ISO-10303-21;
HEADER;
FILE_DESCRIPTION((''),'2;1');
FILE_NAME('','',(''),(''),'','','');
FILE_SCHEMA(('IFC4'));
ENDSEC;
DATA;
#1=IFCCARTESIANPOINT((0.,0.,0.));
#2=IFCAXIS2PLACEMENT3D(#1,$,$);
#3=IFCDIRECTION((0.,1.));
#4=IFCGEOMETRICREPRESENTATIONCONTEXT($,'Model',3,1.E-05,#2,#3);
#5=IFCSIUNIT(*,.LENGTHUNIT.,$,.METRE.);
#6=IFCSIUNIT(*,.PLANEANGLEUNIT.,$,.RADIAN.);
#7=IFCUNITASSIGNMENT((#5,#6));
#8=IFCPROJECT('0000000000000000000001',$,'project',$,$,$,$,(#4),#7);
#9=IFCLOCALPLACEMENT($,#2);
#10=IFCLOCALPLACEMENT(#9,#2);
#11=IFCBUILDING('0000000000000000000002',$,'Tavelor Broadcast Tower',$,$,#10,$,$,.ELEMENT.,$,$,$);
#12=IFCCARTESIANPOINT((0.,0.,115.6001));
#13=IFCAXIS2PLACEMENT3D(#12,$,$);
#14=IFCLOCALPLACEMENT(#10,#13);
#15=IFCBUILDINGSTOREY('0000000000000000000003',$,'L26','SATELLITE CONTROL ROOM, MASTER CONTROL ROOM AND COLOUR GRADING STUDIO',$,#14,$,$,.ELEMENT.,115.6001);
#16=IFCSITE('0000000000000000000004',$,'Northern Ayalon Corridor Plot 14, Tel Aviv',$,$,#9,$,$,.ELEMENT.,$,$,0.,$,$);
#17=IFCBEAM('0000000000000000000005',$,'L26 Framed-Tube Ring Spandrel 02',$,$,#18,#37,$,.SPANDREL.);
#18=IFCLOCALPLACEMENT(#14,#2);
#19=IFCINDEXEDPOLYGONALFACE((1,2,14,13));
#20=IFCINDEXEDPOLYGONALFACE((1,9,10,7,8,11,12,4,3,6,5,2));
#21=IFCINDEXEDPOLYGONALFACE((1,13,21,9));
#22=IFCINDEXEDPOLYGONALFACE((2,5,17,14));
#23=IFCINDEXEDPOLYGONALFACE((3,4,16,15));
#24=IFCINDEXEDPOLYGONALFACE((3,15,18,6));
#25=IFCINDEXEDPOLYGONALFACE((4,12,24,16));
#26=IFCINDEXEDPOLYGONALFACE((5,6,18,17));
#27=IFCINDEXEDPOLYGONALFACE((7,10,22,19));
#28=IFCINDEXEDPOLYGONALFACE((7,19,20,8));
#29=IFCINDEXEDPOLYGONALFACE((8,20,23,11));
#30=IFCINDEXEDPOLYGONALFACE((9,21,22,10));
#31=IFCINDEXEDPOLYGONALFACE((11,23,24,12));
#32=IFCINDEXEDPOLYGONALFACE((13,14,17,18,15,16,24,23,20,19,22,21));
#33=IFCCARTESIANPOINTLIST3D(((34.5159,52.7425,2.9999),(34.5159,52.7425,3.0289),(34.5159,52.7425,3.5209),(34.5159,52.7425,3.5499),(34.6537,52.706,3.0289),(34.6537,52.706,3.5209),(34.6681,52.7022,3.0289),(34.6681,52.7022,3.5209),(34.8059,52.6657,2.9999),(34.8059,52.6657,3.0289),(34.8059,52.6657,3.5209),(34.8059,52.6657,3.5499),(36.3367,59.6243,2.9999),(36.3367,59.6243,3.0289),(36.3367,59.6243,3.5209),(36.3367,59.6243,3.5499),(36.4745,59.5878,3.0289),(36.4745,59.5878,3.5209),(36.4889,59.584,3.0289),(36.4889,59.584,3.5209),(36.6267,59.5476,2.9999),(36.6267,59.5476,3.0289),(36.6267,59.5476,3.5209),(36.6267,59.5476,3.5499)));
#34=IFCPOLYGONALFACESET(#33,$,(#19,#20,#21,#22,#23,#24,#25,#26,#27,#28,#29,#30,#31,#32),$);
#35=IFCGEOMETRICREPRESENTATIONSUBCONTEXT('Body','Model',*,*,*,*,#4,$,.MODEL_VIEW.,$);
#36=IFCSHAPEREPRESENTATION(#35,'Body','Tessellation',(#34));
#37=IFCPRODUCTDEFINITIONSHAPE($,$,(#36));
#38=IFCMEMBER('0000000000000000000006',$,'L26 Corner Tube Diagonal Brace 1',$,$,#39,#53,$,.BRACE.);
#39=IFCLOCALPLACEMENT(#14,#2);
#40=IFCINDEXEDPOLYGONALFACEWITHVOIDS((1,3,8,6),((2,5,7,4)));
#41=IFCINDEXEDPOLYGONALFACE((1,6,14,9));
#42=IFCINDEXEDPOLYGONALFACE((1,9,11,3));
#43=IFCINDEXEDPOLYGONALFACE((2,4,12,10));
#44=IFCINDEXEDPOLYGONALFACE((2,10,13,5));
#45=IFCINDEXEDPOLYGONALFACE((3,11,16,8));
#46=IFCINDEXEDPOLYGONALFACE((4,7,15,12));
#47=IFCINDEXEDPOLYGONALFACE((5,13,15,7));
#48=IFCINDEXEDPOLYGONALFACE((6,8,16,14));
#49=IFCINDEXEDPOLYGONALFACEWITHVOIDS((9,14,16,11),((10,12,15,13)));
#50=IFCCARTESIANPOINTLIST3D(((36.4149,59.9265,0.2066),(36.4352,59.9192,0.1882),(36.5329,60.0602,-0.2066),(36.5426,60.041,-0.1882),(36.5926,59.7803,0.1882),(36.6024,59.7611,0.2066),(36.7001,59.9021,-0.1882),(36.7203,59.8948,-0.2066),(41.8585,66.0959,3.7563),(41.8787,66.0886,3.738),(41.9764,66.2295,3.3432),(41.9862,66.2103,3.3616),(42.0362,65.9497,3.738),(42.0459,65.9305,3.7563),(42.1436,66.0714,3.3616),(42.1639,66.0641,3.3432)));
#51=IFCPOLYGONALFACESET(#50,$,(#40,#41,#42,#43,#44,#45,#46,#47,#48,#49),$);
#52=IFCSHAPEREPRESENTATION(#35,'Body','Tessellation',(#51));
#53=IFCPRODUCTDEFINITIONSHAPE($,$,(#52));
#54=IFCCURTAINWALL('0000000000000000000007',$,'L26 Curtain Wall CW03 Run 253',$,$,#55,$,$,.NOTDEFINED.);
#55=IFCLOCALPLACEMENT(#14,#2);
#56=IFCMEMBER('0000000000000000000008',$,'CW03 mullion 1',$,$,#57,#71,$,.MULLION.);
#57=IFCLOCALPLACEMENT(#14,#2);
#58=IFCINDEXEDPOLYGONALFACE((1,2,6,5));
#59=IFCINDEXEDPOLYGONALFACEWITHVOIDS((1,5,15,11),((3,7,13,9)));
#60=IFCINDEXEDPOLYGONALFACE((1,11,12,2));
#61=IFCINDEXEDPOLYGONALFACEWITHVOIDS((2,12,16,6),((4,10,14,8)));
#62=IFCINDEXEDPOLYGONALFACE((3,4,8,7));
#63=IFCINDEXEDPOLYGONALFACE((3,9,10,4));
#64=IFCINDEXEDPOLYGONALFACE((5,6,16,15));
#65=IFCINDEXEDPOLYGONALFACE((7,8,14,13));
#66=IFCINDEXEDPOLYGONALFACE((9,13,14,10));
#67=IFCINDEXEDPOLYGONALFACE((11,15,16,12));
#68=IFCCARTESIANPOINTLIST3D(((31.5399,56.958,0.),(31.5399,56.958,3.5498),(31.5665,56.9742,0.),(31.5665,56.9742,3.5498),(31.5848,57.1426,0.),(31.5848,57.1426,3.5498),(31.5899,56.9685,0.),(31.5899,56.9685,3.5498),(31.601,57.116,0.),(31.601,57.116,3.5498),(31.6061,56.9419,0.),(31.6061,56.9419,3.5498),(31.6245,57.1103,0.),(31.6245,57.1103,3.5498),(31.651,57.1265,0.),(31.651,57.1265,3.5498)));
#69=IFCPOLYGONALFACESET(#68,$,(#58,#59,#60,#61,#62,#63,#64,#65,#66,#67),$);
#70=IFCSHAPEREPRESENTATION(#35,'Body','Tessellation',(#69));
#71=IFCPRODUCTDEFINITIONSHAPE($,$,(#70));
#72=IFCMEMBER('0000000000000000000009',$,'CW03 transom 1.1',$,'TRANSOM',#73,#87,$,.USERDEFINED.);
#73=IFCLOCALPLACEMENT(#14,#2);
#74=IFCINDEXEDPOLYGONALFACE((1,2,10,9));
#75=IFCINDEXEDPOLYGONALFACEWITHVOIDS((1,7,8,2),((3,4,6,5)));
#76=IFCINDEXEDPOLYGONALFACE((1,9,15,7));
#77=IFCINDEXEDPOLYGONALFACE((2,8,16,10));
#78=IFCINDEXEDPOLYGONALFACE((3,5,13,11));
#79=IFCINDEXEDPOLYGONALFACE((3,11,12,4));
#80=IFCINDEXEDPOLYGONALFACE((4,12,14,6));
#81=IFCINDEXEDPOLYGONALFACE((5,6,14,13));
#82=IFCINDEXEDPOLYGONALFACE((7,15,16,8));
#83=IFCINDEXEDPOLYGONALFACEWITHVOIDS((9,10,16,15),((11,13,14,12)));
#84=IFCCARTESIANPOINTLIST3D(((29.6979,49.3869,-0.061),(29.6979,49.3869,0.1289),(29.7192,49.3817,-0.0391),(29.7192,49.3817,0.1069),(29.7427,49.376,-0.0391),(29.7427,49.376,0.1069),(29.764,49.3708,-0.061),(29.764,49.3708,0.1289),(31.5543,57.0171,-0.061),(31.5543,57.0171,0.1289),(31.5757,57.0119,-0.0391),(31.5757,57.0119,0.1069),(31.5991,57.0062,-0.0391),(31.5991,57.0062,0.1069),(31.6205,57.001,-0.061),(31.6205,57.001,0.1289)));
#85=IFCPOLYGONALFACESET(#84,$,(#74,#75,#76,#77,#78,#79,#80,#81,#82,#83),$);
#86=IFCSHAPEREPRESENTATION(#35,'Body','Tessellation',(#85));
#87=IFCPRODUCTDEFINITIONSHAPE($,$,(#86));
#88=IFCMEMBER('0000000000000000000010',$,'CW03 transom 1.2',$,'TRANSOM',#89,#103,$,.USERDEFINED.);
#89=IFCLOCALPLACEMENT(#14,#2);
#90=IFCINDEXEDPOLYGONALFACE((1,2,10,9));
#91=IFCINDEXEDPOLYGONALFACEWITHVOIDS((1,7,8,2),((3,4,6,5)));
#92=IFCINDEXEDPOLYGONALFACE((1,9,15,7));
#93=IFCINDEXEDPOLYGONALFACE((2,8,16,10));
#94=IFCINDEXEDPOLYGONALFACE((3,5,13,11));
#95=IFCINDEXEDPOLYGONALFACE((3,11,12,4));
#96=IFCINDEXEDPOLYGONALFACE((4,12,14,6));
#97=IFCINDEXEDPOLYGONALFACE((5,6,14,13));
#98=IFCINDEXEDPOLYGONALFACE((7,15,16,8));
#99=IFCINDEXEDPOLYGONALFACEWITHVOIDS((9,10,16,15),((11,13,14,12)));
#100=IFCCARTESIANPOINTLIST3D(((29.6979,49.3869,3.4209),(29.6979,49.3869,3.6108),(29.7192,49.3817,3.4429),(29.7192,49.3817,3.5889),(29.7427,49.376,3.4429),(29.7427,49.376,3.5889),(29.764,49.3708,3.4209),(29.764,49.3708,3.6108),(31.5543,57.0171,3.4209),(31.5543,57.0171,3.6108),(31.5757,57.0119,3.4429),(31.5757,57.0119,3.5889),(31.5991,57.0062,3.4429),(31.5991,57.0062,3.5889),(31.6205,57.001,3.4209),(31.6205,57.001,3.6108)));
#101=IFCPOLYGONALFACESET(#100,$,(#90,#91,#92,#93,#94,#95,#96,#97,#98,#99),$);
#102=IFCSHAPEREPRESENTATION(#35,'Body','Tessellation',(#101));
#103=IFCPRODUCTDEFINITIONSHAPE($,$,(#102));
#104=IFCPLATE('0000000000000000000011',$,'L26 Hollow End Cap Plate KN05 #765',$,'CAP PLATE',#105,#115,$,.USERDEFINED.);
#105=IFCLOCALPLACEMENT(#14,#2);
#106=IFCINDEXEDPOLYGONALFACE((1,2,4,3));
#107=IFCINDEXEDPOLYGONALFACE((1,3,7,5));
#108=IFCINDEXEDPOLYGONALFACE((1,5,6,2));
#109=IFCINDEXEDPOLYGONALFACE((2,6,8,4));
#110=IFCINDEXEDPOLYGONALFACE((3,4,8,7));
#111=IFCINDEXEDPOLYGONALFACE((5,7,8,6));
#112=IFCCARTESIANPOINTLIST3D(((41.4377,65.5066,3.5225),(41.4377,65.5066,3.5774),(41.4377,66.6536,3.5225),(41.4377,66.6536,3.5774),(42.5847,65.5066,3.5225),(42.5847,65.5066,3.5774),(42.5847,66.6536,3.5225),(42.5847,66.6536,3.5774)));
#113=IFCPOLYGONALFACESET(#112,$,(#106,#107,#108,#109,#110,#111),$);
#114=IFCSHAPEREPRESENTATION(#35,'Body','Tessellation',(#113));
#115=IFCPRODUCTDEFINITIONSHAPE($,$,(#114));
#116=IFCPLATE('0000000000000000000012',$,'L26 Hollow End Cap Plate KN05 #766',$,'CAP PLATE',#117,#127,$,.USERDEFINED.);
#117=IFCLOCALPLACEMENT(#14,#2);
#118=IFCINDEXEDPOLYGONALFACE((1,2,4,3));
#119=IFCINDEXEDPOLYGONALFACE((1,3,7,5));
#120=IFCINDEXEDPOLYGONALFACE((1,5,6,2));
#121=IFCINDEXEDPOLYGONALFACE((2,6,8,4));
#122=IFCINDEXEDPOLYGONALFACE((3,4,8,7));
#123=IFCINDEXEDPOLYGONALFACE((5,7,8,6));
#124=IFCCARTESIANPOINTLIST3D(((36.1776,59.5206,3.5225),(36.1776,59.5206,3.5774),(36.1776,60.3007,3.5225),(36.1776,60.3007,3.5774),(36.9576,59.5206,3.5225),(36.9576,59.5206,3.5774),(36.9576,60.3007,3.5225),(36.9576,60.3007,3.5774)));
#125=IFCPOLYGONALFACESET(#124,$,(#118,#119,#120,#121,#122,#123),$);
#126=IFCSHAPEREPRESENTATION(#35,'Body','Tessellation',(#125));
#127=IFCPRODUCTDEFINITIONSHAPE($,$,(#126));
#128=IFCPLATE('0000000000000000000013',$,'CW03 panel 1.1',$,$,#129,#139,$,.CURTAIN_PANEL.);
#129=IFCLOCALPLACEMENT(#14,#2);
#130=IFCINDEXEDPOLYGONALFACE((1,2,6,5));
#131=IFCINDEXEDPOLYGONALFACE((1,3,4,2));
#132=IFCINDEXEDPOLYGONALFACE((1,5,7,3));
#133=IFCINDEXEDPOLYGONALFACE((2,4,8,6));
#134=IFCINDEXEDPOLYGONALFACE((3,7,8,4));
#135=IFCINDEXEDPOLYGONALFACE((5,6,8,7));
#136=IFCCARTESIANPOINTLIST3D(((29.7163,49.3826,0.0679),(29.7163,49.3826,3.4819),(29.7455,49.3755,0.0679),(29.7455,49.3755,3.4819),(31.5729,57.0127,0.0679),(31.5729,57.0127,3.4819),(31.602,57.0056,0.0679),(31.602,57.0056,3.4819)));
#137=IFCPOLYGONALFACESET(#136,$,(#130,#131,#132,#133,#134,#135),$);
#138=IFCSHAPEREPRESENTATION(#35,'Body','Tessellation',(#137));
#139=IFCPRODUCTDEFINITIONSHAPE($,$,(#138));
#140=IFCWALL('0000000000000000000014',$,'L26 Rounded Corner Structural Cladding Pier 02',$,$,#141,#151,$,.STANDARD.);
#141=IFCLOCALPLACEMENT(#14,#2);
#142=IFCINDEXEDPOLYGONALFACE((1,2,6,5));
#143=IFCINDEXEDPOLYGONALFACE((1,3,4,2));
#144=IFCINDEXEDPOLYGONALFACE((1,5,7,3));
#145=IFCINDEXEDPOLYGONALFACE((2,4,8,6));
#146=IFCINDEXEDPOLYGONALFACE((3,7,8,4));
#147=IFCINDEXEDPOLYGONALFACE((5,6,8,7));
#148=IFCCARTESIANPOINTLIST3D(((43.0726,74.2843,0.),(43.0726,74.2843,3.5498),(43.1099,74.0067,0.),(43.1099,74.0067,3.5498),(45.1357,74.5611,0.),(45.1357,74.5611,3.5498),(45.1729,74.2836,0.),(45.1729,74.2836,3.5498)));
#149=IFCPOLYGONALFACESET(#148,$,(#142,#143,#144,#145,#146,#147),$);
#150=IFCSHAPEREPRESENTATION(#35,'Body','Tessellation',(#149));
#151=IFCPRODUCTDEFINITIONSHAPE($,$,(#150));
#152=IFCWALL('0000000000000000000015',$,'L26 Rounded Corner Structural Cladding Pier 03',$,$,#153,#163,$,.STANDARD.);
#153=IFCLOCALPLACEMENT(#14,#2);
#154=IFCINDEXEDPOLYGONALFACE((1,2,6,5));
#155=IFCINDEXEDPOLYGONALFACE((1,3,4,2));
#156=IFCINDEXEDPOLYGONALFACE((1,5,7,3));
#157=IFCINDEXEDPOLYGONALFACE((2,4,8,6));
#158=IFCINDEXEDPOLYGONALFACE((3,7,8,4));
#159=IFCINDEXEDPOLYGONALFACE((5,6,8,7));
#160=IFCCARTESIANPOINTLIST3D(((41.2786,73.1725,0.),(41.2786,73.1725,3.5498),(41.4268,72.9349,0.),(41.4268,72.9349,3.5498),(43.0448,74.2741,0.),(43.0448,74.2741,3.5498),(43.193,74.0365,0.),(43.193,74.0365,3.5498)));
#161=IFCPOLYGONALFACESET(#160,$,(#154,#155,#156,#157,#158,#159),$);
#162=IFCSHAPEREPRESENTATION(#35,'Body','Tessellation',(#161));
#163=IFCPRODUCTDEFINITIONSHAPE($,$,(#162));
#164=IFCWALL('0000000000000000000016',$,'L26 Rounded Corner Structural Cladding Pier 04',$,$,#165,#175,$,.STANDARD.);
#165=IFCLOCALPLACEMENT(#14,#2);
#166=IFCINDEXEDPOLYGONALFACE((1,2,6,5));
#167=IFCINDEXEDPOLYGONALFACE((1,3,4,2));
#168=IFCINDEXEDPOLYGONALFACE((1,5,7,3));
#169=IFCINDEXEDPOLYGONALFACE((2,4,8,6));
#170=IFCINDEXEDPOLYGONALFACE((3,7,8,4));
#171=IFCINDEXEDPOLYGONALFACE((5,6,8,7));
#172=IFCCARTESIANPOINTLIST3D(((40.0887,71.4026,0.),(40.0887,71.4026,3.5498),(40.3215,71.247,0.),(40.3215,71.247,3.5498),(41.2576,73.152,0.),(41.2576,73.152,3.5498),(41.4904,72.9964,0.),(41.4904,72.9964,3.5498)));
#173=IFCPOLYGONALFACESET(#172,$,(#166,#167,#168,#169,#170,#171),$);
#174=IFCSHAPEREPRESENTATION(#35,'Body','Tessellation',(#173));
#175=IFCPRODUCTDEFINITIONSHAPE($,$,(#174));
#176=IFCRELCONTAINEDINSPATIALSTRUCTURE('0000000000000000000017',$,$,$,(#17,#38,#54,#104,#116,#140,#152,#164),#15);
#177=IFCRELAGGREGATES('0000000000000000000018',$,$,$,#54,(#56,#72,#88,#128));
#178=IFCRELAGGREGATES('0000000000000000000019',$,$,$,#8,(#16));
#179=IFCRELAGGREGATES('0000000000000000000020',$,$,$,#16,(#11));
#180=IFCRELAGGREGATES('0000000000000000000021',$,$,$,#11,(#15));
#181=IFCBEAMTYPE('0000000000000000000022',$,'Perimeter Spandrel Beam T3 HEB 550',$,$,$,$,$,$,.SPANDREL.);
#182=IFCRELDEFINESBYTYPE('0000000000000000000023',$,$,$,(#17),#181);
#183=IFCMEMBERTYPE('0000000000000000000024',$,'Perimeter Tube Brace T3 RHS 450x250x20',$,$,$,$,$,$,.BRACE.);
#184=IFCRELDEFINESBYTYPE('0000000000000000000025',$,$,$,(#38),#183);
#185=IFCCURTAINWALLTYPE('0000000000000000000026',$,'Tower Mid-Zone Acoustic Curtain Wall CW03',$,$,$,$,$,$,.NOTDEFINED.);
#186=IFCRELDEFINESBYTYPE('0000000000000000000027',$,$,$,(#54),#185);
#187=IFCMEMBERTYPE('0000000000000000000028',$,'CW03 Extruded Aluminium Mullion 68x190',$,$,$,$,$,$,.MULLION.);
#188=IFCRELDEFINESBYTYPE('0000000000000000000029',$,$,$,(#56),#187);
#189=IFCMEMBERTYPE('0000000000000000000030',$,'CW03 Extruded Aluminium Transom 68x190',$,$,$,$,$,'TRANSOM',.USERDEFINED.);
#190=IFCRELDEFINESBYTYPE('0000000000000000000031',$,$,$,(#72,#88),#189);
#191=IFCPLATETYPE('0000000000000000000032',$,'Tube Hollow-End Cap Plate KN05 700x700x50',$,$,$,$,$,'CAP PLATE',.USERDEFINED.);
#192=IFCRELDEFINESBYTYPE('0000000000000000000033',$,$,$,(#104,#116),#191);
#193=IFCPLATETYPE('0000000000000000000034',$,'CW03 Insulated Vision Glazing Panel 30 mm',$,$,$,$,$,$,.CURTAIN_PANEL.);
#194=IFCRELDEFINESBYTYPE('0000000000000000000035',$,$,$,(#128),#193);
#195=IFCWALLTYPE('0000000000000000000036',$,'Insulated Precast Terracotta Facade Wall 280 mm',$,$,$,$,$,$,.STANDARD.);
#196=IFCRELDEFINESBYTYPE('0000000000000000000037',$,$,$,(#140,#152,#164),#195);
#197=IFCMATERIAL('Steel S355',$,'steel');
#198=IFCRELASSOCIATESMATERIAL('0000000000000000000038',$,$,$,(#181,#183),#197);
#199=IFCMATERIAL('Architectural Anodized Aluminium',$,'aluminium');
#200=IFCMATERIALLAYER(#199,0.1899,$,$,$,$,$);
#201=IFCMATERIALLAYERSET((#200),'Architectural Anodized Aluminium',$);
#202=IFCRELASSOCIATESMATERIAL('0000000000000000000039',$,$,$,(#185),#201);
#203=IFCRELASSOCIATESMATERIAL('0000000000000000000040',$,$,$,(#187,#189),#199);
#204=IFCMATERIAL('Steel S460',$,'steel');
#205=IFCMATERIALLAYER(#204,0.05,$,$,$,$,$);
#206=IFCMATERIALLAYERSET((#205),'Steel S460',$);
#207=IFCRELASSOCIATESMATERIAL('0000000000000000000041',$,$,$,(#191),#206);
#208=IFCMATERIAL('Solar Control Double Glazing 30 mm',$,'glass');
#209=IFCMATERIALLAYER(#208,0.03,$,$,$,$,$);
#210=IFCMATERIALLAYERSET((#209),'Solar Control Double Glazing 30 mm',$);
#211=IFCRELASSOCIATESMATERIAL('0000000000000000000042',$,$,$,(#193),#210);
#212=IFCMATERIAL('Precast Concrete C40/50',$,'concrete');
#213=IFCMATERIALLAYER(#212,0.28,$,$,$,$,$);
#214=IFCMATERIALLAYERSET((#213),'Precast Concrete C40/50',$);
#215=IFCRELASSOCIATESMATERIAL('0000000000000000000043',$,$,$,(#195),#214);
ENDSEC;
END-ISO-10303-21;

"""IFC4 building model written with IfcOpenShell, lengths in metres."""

from ifc_helpers import new_model, si_unit, direction, frame, frame_2d, origin, origin_2d, place, context, subcontext, project, spatial, rectangle, hollow_rectangle, i_section, extrude, source, transform, mapped, material, layer, layer_set, material_profile, profile_set, type_object, type_shapes, element, aggregate, save


model = new_model("IFC4")

# Units and contexts
model_context = context("Model", 3, precision=1e-05, world=origin(), true_north=direction((0.0, 1.0)))
body_context = subcontext(model_context, "Body", "Model", "MODEL_VIEW")
ifc_project = project(units=[si_unit("LENGTHUNIT", "METRE"), si_unit("PLANEANGLEUNIT", "RADIAN")], contexts=[model_context])

# Site, building, storey
site_placement = place(None, origin())
site = spatial("IfcSite", under=ifc_project, at=site_placement, Name="Northern Ayalon Corridor Plot 14, Tel Aviv", CompositionType="ELEMENT", RefElevation=0.0)
building_placement = place(site_placement, origin())
building = spatial("IfcBuilding", under=site, at=building_placement, Name="Tavelor Broadcast Tower", CompositionType="ELEMENT")
storey_placement = place(building_placement, frame((0.0, 0.0, 115.6001)))
storey = spatial("IfcBuildingStorey", under=building, at=storey_placement, Name="L26", Description="SATELLITE CONTROL ROOM, MASTER CONTROL ROOM AND COLOUR GRADING STUDIO", CompositionType="ELEMENT", Elevation=115.6001)

# Shared definitions
ifc_material_1 = material(Name="Steel S460", Category="steel")

# Beam
ifc_material_2 = material(Name="Steel S355", Category="steel")
ifc_material_profile_1 = material_profile(ifc_material_2, i_section(OverallWidth=0.3, OverallDepth=0.55, WebThickness=0.0149, FlangeThickness=0.0291, at=origin_2d()), Name="HEB 550")
ifc_profile_set_1 = profile_set([ifc_material_profile_1], Name="Steel S355")
beam_type_1 = type_object("IfcBeamType", Name="Perimeter Spandrel Beam T3 HEB 550", PredefinedType="SPANDREL", material=ifc_profile_set_1)
beam_1_placement = place(storey_placement, frame((36.4817, 59.5859, 3.2749), z_axis=(-0.255779, -0.966735, 0.0), x_axis=(0.966735, -0.255779, 0.0)))
element("IfcBeam", 1, at=beam_1_placement, inside=storey, type_object=beam_type_1, Name="L26 Framed-Tube Ring Spandrel 02", PredefinedType="SPANDREL", context=body_context, shape_type="SweptSolid", body=[
    extrude(i_section(OverallWidth=0.3, OverallDepth=0.55, WebThickness=0.0149, FlangeThickness=0.0291, at=origin_2d()), origin(), (0.0, 0.0, 1.0), 7.1187),
])

# Member
ifc_material_profile_2 = material_profile(ifc_material_2, hollow_rectangle(XDim=0.25, YDim=0.45, WallThickness=0.02, at=origin_2d()), Name="RHS 450x250x20")
ifc_profile_set_2 = profile_set([ifc_material_profile_2], Name="Steel S355")
member_type_1 = type_object("IfcMemberType", Name="Perimeter Tube Brace T3 RHS 450x250x20", PredefinedType="BRACE", material=ifc_profile_set_2)
member_1_placement = place(storey_placement, frame((36.5676, 59.9106, 0.0), z_axis=(0.607491, 0.688492, 0.396148), x_axis=(-0.749839, 0.661621, 0.0)))
element("IfcMember", 2, at=member_1_placement, inside=storey, type_object=member_type_1, Name="L26 Corner Tube Diagonal Brace 1", PredefinedType="BRACE", context=body_context, shape_type="SweptSolid", body=[
    extrude(hollow_rectangle(XDim=0.25, YDim=0.45, WallThickness=0.02, at=origin_2d()), origin(), (0.0, 0.0, 1.0), 8.9607),
])

# Curtain wall, members
ifc_material_3 = material(Name="Architectural Anodized Aluminium", Category="aluminium")
ifc_layer_1 = layer(ifc_material_3, 0.1899)
ifc_layer_set_1 = layer_set([ifc_layer_1], Name="Architectural Anodized Aluminium")
curtain_wall_type = type_object("IfcCurtainWallType", Name="Tower Mid-Zone Acoustic Curtain Wall CW03", PredefinedType="NOTDEFINED", material=ifc_layer_set_1)
curtain_wall_placement = place(storey_placement, origin())
curtain_wall = element("IfcCurtainWall", 3, at=curtain_wall_placement, inside=storey, type_object=curtain_wall_type, Name="L26 Curtain Wall CW03 Run 253", PredefinedType="NOTDEFINED")
ifc_material_profile_3 = material_profile(ifc_material_3, hollow_rectangle(XDim=0.0681, YDim=0.1899, WallThickness=0.022, at=origin_2d()), Name="RHS 68x190x22")
ifc_profile_set_3 = profile_set([ifc_material_profile_3], Name="Architectural Anodized Aluminium")
member_type_2 = type_object("IfcMemberType", Name="CW03 Extruded Aluminium Mullion 68x190", PredefinedType="MULLION", material=ifc_profile_set_3)
shared_shape_1 = source(origin(), body_context, "Body", "SweptSolid", [
    extrude(hollow_rectangle(XDim=0.0681, YDim=0.1899, WallThickness=0.022, at=origin_2d()), origin(), (0.0, 0.0, 1.0), 3.5498),
])
type_shapes(member_type_2, [shared_shape_1])
member_2_placement = place(storey_placement, frame((31.5955, 57.0422, 0.0), z_axis=(0.0, 0.0, 1.0), x_axis=(0.971652, -0.236416, 0.0)))
member_2 = element("IfcMember", 4, at=member_2_placement, type_object=member_type_2, Name="CW03 mullion 1", PredefinedType="MULLION", context=body_context, shape_type="MappedRepresentation", body=[
    mapped(shared_shape_1, transform((0.0, 0.0, 0.0), scale=1.0)),
])
ifc_material_profile_4 = material_profile(ifc_material_3, hollow_rectangle(XDim=0.0681, YDim=0.1899, WallThickness=0.022, at=origin_2d()), Name="RHS 68x190x22")
ifc_profile_set_4 = profile_set([ifc_material_profile_4], Name="Architectural Anodized Aluminium")
member_type_3 = type_object("IfcMemberType", Name="CW03 Extruded Aluminium Transom 68x190", ElementType="TRANSOM", PredefinedType="USERDEFINED", material=ifc_profile_set_4)
shared_shape_2 = source(origin(), body_context, "Body", "SweptSolid", [
    extrude(hollow_rectangle(XDim=0.0681, YDim=0.1899, WallThickness=0.022, at=origin_2d()), origin(), (0.0, 0.0, 1.0), 7.8528),
])
type_shapes(member_type_3, [shared_shape_2])
member_3_placement = place(storey_placement, frame((31.5874, 57.009, 0.0339), z_axis=(-0.236408, -0.971654, 0.0), x_axis=(0.971654, -0.236408, 0.0)))
member_3 = element("IfcMember", 5, at=member_3_placement, type_object=member_type_3, Name="CW03 transom 1.1", ObjectType="TRANSOM", PredefinedType="USERDEFINED", context=body_context, shape_type="MappedRepresentation", body=[
    mapped(shared_shape_2, transform((0.0, 0.0, 0.0), scale=1.0)),
])
member_4_placement = place(storey_placement, frame((31.5874, 57.009, 3.5159), z_axis=(-0.236408, -0.971654, 0.0), x_axis=(0.971654, -0.236408, 0.0)))
member_4 = element("IfcMember", 6, at=member_4_placement, type_object=member_type_3, Name="CW03 transom 1.2", ObjectType="TRANSOM", PredefinedType="USERDEFINED", context=body_context, shape_type="MappedRepresentation", body=[
    mapped(shared_shape_2, transform((0.0, 0.0, 0.0), scale=1.0)),
])

# Plates
ifc_layer_2 = layer(ifc_material_1, 0.05)
ifc_layer_set_2 = layer_set([ifc_layer_2], Name="Steel S460")
plate_type_1 = type_object("IfcPlateType", Name="Tube Hollow-End Cap Plate KN05 700x700x50", ElementType="CAP PLATE", PredefinedType="USERDEFINED", material=ifc_layer_set_2)
shared_shape_3 = source(origin(), body_context, "Body", "SweptSolid", [
    extrude(rectangle(XDim=1.147, YDim=1.147, at=origin_2d()), origin(), (0.0, 0.0, 1.0), 0.0549),
])
plate_1_placement = place(storey_placement, frame((42.0112, 66.0801, 3.5225), z_axis=(0.0, 0.0, 1.0), x_axis=(1.0, 0.0, 0.0)))
element("IfcPlate", 7, at=plate_1_placement, inside=storey, type_object=plate_type_1, Name="L26 Hollow End Cap Plate KN05 #765", ObjectType="CAP PLATE", PredefinedType="USERDEFINED", context=body_context, shape_type="MappedRepresentation", body=[
    mapped(shared_shape_3, transform((0.0, 0.0, 0.0), scale=1.0)),
])
shared_shape_4 = source(origin(), body_context, "Body", "SweptSolid", [
    extrude(rectangle(XDim=0.78, YDim=0.78, at=origin_2d()), origin(), (0.0, 0.0, 1.0), 0.0549),
])
type_shapes(plate_type_1, [shared_shape_3, shared_shape_4])
plate_2_placement = place(storey_placement, frame((36.5676, 59.9106, 3.5225), z_axis=(0.0, 0.0, 1.0), x_axis=(1.0, 0.0, 0.0)))
element("IfcPlate", 8, at=plate_2_placement, inside=storey, type_object=plate_type_1, Name="L26 Hollow End Cap Plate KN05 #766", ObjectType="CAP PLATE", PredefinedType="USERDEFINED", context=body_context, shape_type="MappedRepresentation", body=[
    mapped(shared_shape_4, transform((0.0, 0.0, 0.0), scale=1.0)),
])

# Plate
ifc_material_4 = material(Name="Solar Control Double Glazing 30 mm", Category="glass")
ifc_layer_3 = layer(ifc_material_4, 0.03)
ifc_layer_set_3 = layer_set([ifc_layer_3], Name="Solar Control Double Glazing 30 mm")
plate_type_2 = type_object("IfcPlateType", Name="CW03 Insulated Vision Glazing Panel 30 mm", PredefinedType="CURTAIN_PANEL", material=ifc_layer_set_3)
shared_shape_5 = source(origin(), body_context, "Body", "SweptSolid", [
    extrude(rectangle(XDim=7.8528, YDim=0.03, at=origin_2d()), origin(), (0.0, 0.0, 1.0), 3.4141),
])
type_shapes(plate_type_2, [shared_shape_5])
plate_3_placement = place(storey_placement, frame((30.6592, 53.1941, 0.0679), z_axis=(0.0, 0.0, 1.0), x_axis=(-0.236416, -0.971652, 0.0)))
plate_3 = element("IfcPlate", 9, at=plate_3_placement, type_object=plate_type_2, Name="CW03 panel 1.1", PredefinedType="CURTAIN_PANEL", context=body_context, shape_type="MappedRepresentation", body=[
    mapped(shared_shape_5, transform((0.0, 0.0, 0.0), scale=1.0)),
])
aggregate(curtain_wall, [member_2, member_3, member_4, plate_3])

# Walls
ifc_material_5 = material(Name="Precast Concrete C40/50", Category="concrete")
ifc_layer_4 = layer(ifc_material_5, 0.28)
ifc_layer_set_4 = layer_set([ifc_layer_4], Name="Precast Concrete C40/50")
wall_type_1 = type_object("IfcWallType", Name="Insulated Precast Terracotta Facade Wall 280 mm", PredefinedType="STANDARD", material=ifc_layer_set_4)
for number, where, z_axis, x_axis, name in (
    (10, (45.1543, 74.4224, 0.0), (0.0, 0.0, 1.0), (-0.991115, -0.133009, 0.0), "L26 Rounded Corner Structural Cladding Pier 02"),
    (11, (43.1189, 74.1553, 0.0), (0.0, 0.0, 1.0), (-0.848486, -0.529219, 0.0), "L26 Rounded Corner Structural Cladding Pier 03"),
):
    element("IfcWall", number, at=place(storey_placement, frame(where, z_axis=z_axis, x_axis=x_axis)), inside=storey, type_object=wall_type_1, Name=name, PredefinedType="STANDARD", context=body_context, shape_type="SweptSolid", body=[
        extrude(rectangle(XDim=2.0815, YDim=0.28, at=frame_2d((1.0408, 0.0))), origin(), (0.0, 0.0, 1.0), 3.5498),
    ])
wall_1_placement = place(storey_placement, frame((41.374, 73.0742, 0.0), z_axis=(0.0, 0.0, 1.0), x_axis=(-0.555557, -0.831479, 0.0)))
element("IfcWall", 12, at=wall_1_placement, inside=storey, type_object=wall_type_1, Name="L26 Rounded Corner Structural Cladding Pier 04", PredefinedType="STANDARD", context=body_context, shape_type="SweptSolid", body=[
    extrude(rectangle(XDim=2.104, YDim=0.28, at=frame_2d((1.052, 0.0))), origin(), (0.0, 0.0, 1.0), 3.5498),
])

save(model, "model.ifc")
